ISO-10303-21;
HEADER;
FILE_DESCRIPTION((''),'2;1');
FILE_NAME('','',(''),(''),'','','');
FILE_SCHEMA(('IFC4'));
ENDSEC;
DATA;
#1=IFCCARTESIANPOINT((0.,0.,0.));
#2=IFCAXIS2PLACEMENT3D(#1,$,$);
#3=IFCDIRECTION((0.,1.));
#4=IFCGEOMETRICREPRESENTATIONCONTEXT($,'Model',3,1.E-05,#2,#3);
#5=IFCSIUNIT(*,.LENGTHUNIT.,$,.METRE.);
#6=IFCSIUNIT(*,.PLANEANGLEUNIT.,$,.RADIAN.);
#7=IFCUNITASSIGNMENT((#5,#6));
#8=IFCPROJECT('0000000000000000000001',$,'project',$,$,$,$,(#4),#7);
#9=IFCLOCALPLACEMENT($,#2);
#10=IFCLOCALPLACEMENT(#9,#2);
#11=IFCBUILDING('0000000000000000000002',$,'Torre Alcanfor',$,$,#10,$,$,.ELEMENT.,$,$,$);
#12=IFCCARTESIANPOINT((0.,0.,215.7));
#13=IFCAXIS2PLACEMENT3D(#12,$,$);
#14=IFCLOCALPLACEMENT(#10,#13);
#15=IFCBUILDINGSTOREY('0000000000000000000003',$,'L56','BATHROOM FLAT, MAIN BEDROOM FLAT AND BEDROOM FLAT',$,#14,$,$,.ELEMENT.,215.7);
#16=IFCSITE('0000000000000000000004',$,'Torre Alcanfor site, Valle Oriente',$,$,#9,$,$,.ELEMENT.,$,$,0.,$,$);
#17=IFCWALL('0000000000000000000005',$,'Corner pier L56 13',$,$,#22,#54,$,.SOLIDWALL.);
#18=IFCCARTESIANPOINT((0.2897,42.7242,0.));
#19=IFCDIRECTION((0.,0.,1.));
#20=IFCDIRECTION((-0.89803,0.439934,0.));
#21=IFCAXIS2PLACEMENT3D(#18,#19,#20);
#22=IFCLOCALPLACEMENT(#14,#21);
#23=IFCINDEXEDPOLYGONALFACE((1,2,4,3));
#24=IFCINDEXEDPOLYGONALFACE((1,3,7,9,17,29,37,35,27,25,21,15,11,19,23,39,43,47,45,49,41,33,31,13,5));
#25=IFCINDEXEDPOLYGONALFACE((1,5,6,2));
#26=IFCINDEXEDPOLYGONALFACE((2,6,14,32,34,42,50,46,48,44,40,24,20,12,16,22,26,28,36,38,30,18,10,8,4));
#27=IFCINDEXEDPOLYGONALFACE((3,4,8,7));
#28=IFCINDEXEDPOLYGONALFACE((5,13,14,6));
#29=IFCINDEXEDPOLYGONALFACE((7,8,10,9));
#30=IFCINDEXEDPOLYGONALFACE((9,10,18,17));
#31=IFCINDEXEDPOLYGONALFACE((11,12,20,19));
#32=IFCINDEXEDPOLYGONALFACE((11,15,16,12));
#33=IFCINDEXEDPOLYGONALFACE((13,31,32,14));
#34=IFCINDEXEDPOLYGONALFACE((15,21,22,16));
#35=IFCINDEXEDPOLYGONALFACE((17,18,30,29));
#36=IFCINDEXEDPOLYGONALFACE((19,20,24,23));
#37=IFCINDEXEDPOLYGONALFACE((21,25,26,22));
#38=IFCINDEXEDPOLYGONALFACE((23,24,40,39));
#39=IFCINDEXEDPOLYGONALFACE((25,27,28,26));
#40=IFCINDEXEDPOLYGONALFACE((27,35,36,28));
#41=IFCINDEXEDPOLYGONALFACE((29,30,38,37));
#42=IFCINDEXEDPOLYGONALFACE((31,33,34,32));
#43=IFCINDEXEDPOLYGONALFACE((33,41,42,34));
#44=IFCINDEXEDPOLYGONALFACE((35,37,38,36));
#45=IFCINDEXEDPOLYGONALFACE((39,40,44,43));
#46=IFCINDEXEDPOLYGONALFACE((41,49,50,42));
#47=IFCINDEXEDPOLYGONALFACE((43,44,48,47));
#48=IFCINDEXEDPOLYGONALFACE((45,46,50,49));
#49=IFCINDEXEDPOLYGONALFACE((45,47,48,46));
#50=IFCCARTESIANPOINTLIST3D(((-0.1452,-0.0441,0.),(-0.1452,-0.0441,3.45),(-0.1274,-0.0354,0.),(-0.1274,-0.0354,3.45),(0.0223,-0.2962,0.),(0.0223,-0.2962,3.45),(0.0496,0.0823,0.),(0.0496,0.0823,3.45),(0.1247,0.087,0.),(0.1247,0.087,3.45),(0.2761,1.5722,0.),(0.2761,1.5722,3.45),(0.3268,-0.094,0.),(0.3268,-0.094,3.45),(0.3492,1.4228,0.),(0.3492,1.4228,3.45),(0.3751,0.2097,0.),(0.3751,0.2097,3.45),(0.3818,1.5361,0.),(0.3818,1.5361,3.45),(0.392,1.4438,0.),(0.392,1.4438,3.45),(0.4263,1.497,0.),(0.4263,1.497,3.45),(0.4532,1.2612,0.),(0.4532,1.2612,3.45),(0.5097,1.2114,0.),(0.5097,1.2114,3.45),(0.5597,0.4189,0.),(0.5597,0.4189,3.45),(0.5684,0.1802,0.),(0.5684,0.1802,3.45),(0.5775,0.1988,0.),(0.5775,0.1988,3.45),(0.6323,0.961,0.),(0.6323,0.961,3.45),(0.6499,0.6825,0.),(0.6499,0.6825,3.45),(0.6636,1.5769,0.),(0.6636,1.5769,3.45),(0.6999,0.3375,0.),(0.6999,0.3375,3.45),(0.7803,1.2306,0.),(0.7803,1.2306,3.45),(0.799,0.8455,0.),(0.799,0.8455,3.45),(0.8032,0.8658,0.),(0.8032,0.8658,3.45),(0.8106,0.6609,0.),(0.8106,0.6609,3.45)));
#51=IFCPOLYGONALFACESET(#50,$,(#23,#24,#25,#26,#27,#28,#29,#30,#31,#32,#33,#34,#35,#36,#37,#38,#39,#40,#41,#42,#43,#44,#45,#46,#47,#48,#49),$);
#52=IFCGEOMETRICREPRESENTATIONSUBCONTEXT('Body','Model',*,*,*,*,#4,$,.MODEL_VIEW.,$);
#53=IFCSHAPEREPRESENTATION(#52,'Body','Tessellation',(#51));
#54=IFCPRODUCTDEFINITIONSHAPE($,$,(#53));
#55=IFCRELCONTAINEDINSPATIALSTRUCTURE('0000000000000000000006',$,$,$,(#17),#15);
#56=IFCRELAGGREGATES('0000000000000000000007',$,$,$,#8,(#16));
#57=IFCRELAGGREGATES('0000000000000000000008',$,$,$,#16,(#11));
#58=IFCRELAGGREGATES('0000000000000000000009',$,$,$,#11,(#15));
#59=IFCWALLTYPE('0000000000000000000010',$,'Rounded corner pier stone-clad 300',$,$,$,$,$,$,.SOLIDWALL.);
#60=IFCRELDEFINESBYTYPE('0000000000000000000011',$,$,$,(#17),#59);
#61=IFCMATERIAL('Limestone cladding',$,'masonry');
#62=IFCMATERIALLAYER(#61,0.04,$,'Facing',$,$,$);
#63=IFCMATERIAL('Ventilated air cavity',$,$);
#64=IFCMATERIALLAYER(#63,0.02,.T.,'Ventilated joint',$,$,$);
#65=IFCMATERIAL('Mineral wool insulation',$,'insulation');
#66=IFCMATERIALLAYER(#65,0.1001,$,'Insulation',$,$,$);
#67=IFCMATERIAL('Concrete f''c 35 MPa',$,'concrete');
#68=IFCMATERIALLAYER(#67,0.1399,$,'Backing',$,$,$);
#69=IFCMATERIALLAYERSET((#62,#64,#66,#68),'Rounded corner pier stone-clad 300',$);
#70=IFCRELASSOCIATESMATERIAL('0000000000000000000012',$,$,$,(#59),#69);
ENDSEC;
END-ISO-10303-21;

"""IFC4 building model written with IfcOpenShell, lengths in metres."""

from ifc_helpers import new_model, si_unit, direction, frame, origin, place, context, subcontext, project, spatial, polyline, outline, extrude, material, layer, layer_set, type_object, element, save


model = new_model("IFC4")

# Units and contexts
model_context = context("Model", 3, precision=1e-05, world=origin(), true_north=direction((0.0, 1.0)))
body_context = subcontext(model_context, "Body", "Model", "MODEL_VIEW")
ifc_project = project(units=[si_unit("LENGTHUNIT", "METRE"), si_unit("PLANEANGLEUNIT", "RADIAN")], contexts=[model_context])

# Site, building, storey
site_placement = place(None, origin())
site = spatial("IfcSite", under=ifc_project, at=site_placement, Name="Torre Alcanfor site, Valle Oriente", CompositionType="ELEMENT", RefElevation=0.0)
building_placement = place(site_placement, origin())
building = spatial("IfcBuilding", under=site, at=building_placement, Name="Torre Alcanfor", CompositionType="ELEMENT")
storey_placement = place(building_placement, frame((0.0, 0.0, 215.7)))
storey = spatial("IfcBuildingStorey", under=building, at=storey_placement, Name="L56", Description="BATHROOM FLAT, MAIN BEDROOM FLAT AND BEDROOM FLAT", CompositionType="ELEMENT", Elevation=215.7)

# Wall
ifc_material_1 = material(Name="Limestone cladding", Category="masonry")
ifc_layer_1 = layer(ifc_material_1, 0.04, Name="Facing")
ifc_material_2 = material(Name="Ventilated air cavity")
ifc_layer_2 = layer(ifc_material_2, 0.02, ventilated=True, Name="Ventilated joint")
ifc_material_3 = material(Name="Mineral wool insulation", Category="insulation")
ifc_layer_3 = layer(ifc_material_3, 0.1001, Name="Insulation")
ifc_material_4 = material(Name="Concrete f'c 35 MPa", Category="concrete")
ifc_layer_4 = layer(ifc_material_4, 0.1399, Name="Backing")
ifc_layer_set_1 = layer_set([ifc_layer_1, ifc_layer_2, ifc_layer_3, ifc_layer_4], Name="Rounded corner pier stone-clad 300")
wall_type_1 = type_object("IfcWallType", Name="Rounded corner pier stone-clad 300", PredefinedType="SOLIDWALL", material=ifc_layer_set_1)
wall_1_placement = place(storey_placement, frame((0.2897, 42.7242, 0.0), z_axis=(0.0, 0.0, 1.0), x_axis=(-0.89803, 0.439934, 0.0)))
element("IfcWall", 1, at=wall_1_placement, inside=storey, type_object=wall_type_1, Name="Corner pier L56 13", PredefinedType="SOLIDWALL", context=body_context, shape_type="SweptSolid", body=[
    extrude(outline(polyline([(-0.1452, -0.0441), (0.0223, -0.2962), (0.3268, -0.094), (0.5684, 0.1802), (0.5775, 0.1988), (0.6999, 0.3375), (0.8106, 0.6609), (0.799, 0.8455), (0.8032, 0.8658), (0.7803, 1.2306), (0.6636, 1.5769), (0.4263, 1.497), (0.3818, 1.5361), (0.2761, 1.5722), (0.3492, 1.4228), (0.392, 1.4438), (0.4532, 1.2612), (0.5097, 1.2114), (0.6323, 0.961), (0.6499, 0.6825), (0.5597, 0.4189), (0.3751, 0.2097), (0.1247, 0.087), (0.0496, 0.0823), (-0.1274, -0.0354), (-0.1452, -0.0441)])), origin(), (0.0, 0.0, 1.0), 3.45),
])

save(model, "model.ifc")
